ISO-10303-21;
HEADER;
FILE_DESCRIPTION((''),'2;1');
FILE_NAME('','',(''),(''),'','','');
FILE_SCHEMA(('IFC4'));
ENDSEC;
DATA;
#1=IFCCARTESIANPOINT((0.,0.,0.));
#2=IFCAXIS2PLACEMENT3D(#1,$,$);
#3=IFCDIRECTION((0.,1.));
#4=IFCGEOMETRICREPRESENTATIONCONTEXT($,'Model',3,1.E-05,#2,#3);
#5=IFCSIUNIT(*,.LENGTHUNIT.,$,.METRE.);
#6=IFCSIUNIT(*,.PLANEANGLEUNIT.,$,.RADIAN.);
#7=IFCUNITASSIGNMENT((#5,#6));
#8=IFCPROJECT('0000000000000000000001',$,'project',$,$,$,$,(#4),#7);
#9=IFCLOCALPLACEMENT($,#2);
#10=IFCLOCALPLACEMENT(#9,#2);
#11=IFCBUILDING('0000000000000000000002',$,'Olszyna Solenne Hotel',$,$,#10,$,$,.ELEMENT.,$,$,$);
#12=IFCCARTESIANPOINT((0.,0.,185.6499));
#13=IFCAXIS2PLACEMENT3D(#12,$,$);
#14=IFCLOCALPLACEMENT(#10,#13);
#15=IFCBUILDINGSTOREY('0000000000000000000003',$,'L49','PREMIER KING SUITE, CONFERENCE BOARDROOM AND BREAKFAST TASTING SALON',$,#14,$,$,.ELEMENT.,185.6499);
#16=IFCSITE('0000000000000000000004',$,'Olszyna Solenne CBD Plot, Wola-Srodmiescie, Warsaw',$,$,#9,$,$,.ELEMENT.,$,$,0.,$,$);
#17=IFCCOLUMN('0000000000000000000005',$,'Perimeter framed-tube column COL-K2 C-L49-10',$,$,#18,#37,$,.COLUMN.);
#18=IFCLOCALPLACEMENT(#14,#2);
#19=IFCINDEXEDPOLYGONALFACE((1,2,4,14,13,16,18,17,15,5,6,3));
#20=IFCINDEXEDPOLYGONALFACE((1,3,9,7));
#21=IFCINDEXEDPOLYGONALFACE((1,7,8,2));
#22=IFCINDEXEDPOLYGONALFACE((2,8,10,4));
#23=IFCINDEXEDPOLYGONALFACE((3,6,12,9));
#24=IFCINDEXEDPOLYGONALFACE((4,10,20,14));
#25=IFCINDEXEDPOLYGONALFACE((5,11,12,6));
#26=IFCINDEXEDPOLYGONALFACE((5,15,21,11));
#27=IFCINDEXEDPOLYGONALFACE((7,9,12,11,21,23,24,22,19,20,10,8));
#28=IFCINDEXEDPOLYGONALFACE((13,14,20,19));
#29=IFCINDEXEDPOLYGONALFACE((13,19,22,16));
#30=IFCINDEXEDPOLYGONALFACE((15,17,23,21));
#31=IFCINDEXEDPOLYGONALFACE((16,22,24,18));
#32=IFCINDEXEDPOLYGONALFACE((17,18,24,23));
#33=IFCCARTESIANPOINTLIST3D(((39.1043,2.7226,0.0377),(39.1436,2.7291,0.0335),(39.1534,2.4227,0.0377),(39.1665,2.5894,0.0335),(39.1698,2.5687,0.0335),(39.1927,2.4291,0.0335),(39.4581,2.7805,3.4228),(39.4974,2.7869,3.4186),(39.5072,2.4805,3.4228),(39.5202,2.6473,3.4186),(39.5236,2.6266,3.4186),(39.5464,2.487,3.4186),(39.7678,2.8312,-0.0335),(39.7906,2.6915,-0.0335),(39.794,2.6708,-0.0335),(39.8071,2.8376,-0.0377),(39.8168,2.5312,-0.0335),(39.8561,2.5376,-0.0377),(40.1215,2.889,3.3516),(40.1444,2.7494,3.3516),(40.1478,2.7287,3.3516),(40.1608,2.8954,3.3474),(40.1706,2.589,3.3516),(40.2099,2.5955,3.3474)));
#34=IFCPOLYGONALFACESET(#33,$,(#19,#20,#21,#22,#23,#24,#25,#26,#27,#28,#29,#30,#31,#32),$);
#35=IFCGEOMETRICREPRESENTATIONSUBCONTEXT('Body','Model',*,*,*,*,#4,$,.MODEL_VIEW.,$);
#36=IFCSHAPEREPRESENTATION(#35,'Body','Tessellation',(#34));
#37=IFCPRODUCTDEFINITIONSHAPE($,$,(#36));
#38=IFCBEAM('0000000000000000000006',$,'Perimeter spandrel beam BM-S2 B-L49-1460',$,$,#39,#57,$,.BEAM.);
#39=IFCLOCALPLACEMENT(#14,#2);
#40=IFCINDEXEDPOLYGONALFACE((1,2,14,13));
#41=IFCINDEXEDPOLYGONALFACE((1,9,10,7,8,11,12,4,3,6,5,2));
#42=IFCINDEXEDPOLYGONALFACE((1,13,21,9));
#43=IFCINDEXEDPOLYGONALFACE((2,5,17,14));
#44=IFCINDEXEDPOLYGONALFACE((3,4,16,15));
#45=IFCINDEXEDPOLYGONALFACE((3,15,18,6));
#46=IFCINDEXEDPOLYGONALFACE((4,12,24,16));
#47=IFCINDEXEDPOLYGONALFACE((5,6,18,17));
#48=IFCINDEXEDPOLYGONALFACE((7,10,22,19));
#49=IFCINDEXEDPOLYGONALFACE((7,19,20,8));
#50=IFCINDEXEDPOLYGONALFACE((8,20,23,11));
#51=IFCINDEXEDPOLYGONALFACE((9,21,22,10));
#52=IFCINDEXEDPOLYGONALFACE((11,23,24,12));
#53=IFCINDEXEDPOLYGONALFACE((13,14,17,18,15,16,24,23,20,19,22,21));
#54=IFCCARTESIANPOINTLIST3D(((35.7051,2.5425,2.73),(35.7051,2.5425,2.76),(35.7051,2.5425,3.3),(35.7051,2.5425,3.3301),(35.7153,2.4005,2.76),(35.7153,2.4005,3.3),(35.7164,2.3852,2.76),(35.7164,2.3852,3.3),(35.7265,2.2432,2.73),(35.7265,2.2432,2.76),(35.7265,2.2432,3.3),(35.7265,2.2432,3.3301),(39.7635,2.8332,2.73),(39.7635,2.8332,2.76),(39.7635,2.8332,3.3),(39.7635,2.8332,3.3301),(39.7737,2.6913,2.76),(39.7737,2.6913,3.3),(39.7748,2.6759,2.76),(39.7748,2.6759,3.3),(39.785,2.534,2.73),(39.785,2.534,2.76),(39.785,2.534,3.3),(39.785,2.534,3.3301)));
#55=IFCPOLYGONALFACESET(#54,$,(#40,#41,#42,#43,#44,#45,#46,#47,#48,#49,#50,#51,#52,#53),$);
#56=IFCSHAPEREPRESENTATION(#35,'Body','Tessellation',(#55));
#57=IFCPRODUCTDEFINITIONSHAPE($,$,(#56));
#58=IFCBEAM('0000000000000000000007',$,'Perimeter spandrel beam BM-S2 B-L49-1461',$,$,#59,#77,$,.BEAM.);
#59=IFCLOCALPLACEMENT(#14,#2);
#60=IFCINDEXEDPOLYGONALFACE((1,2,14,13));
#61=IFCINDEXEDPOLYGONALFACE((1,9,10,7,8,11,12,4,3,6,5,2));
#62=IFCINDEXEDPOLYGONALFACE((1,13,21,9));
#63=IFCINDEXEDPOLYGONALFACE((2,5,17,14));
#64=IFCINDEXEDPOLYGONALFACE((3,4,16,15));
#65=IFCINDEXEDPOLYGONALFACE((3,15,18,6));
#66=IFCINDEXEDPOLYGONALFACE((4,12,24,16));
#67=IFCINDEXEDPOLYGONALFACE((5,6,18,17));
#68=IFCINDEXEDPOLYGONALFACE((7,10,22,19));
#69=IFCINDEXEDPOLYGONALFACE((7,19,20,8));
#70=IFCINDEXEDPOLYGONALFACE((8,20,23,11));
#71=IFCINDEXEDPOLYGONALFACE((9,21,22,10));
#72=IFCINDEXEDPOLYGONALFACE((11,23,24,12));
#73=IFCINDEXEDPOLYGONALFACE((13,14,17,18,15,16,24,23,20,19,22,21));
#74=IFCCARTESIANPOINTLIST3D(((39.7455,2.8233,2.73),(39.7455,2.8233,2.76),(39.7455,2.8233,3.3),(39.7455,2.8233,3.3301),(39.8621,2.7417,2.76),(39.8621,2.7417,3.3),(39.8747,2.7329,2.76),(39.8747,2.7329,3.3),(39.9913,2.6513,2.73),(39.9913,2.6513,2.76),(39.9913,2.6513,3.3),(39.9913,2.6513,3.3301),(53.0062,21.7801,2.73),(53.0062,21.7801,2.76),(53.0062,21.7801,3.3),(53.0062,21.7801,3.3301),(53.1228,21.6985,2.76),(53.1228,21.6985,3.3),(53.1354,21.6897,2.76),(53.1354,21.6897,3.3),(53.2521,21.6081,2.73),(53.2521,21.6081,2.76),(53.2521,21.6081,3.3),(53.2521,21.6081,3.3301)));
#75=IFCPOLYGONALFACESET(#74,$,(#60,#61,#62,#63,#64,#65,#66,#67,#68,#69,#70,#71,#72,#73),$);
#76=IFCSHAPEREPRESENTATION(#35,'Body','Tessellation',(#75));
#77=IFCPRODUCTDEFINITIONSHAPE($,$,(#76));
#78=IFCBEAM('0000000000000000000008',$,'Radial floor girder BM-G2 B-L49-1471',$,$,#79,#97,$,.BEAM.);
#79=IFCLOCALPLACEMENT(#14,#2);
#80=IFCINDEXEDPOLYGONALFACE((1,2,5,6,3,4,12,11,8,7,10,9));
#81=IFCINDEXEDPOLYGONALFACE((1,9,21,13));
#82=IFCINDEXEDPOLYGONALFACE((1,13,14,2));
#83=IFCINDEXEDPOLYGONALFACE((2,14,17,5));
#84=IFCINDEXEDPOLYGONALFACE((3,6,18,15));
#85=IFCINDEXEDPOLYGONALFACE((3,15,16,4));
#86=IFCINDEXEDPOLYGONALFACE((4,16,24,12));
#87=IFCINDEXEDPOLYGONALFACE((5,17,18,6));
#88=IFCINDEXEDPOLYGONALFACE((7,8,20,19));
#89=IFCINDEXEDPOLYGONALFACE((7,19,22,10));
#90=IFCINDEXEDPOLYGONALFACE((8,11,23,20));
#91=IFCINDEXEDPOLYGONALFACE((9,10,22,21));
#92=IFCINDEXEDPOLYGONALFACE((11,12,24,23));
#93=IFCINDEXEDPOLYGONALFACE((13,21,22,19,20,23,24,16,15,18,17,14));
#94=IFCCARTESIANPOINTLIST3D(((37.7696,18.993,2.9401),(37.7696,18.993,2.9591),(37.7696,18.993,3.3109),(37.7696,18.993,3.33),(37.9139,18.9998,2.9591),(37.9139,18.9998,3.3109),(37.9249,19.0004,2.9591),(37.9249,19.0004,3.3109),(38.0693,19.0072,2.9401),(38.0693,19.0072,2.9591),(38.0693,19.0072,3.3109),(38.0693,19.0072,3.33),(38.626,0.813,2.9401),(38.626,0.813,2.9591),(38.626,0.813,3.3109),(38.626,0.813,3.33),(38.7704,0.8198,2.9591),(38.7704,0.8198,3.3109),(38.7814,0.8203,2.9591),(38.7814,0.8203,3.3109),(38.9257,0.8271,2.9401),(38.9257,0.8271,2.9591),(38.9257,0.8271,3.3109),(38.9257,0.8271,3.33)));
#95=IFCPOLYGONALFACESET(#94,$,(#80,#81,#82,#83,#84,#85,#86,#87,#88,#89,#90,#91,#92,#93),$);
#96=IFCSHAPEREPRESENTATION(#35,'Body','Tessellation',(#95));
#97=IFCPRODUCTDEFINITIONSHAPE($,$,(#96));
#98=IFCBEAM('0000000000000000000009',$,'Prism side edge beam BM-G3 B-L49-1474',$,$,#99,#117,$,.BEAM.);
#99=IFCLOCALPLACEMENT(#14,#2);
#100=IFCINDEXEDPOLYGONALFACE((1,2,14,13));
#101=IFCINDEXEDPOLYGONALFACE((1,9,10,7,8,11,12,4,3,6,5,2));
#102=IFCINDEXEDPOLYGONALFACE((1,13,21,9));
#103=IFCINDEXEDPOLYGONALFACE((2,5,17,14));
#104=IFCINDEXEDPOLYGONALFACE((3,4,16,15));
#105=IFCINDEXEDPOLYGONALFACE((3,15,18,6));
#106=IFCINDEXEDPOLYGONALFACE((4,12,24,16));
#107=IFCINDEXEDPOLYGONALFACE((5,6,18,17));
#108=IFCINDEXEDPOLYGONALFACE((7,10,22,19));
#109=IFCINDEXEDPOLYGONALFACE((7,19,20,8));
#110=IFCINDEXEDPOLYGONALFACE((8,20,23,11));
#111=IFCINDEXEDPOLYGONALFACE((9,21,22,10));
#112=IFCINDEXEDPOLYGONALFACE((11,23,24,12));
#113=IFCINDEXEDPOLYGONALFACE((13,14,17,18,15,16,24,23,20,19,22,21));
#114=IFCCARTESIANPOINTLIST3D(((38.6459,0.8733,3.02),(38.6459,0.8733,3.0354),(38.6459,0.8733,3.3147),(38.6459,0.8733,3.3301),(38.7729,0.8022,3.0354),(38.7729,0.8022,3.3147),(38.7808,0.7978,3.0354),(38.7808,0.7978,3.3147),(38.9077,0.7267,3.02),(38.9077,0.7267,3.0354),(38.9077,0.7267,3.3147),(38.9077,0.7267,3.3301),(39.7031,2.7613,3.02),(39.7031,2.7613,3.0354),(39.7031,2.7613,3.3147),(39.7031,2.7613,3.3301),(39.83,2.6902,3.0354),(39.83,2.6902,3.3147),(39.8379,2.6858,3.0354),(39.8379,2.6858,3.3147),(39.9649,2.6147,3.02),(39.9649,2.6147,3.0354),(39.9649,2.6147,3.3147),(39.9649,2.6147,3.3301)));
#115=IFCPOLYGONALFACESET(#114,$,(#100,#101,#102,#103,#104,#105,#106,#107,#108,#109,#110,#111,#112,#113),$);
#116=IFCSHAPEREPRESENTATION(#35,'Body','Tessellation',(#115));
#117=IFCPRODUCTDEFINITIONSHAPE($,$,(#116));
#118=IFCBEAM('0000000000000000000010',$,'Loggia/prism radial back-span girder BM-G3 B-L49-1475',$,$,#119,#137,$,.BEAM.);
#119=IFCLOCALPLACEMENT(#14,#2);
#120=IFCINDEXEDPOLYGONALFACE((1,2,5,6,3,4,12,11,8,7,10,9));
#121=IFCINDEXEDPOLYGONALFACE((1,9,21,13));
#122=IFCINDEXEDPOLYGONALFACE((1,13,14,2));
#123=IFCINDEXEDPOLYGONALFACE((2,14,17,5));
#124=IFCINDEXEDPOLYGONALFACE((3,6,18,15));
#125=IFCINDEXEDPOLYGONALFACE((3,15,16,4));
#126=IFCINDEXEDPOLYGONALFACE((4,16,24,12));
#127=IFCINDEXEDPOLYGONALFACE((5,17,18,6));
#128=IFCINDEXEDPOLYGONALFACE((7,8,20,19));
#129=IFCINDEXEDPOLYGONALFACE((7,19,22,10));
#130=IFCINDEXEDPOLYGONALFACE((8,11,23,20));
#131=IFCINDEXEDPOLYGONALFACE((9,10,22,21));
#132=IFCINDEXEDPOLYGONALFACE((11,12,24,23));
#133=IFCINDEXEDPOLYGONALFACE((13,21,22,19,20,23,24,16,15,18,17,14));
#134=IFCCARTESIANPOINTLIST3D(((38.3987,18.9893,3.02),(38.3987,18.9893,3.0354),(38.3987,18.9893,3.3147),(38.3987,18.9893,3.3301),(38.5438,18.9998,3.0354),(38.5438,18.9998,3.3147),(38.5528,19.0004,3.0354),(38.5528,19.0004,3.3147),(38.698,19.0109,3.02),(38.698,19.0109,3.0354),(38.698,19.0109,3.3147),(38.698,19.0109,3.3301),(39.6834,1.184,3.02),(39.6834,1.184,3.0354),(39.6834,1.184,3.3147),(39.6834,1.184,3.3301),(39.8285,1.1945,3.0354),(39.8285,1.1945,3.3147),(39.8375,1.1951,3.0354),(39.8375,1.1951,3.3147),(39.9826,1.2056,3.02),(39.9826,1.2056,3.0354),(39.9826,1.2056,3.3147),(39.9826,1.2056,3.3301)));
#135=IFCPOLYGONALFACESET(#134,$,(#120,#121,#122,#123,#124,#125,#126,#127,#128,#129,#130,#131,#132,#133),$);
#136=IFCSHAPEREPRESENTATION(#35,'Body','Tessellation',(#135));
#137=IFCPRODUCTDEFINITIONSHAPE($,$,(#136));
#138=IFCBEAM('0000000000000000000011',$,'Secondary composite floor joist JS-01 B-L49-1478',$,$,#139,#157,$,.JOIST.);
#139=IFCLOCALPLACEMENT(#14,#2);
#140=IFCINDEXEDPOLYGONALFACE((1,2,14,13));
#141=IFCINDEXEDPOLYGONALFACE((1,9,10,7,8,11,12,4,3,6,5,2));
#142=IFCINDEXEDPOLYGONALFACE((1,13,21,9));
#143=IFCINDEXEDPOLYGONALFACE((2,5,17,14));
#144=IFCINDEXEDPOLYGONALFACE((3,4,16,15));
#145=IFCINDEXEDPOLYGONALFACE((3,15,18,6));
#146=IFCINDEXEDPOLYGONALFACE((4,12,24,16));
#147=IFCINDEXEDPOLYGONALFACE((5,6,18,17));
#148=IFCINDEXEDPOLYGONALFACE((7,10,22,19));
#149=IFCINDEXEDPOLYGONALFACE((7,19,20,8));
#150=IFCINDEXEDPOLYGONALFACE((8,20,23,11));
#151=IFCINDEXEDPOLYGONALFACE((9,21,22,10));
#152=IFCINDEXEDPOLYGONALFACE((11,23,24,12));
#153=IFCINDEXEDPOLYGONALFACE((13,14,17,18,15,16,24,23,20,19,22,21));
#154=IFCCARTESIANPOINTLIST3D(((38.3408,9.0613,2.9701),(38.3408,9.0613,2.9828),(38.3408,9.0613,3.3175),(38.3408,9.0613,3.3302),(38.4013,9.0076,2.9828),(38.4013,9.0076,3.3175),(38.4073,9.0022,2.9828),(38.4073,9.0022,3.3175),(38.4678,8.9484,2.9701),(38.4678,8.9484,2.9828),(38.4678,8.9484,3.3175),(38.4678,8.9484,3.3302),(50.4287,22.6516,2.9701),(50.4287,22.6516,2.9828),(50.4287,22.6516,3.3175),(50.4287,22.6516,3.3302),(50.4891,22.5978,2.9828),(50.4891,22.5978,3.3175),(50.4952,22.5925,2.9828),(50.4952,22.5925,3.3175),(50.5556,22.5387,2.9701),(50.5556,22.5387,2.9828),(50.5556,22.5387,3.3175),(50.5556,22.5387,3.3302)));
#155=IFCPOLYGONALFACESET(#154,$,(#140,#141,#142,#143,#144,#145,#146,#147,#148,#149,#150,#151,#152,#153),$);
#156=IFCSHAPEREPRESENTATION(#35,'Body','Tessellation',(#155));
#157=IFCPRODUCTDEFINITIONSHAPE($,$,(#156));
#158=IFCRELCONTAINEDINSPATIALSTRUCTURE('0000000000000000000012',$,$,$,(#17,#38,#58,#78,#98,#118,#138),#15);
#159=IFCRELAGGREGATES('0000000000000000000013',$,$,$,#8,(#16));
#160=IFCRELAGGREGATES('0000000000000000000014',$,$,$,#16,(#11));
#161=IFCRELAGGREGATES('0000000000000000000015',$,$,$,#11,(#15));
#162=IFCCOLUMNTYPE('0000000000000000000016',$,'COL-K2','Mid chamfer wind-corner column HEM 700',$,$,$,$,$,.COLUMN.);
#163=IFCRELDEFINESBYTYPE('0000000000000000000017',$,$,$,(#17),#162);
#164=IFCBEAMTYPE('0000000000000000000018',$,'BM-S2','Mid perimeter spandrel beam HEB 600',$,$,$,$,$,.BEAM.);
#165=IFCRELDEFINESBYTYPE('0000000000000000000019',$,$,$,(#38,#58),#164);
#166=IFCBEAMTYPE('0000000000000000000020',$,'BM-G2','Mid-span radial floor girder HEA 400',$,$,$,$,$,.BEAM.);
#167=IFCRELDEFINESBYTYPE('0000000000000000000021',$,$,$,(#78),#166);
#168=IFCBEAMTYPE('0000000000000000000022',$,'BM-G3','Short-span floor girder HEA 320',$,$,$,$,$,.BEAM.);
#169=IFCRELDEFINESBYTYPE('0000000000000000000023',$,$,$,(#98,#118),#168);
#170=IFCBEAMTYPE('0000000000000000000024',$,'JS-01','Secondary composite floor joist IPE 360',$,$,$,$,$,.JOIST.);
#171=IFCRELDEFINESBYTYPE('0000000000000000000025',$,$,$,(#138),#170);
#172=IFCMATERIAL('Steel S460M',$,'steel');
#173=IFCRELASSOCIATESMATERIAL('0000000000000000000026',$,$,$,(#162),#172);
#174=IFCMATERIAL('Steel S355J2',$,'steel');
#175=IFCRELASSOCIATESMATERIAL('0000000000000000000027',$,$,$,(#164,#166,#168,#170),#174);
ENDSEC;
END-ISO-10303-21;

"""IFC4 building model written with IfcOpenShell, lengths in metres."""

from ifc_helpers import new_model, si_unit, direction, frame, origin, origin_2d, place, context, subcontext, project, spatial, i_section, extrude, source, transform, mapped, material, material_profile, profile_set, type_object, element, save


model = new_model("IFC4")

# Units and contexts
model_context = context("Model", 3, precision=1e-05, world=origin(), true_north=direction((0.0, 1.0)))
body_context = subcontext(model_context, "Body", "Model", "MODEL_VIEW")
ifc_project = project(units=[si_unit("LENGTHUNIT", "METRE"), si_unit("PLANEANGLEUNIT", "RADIAN")], contexts=[model_context])

# Site, building, storey
site_placement = place(None, origin())
site = spatial("IfcSite", under=ifc_project, at=site_placement, Name="Olszyna Solenne CBD Plot, Wola-Srodmiescie, Warsaw", CompositionType="ELEMENT", RefElevation=0.0)
building_placement = place(site_placement, origin())
building = spatial("IfcBuilding", under=site, at=building_placement, Name="Olszyna Solenne Hotel", CompositionType="ELEMENT")
storey_placement = place(building_placement, frame((0.0, 0.0, 185.6499)))
storey = spatial("IfcBuildingStorey", under=building, at=storey_placement, Name="L49", Description="PREMIER KING SUITE, CONFERENCE BOARDROOM AND BREAKFAST TASTING SALON", CompositionType="ELEMENT", Elevation=185.6499)

# Column
ifc_material_1 = material(Name="Steel S460M", Category="steel")
ifc_material_profile_1 = material_profile(ifc_material_1, i_section(OverallWidth=0.304, OverallDepth=0.7161, WebThickness=0.021, FlangeThickness=0.04, at=origin_2d()), Name="HEM 700", Category="load-bearing")
ifc_profile_set_1 = profile_set([ifc_material_profile_1], Name="Steel S460M")
column_type = type_object("IfcColumnType", Name="COL-K2", Description="Mid chamfer wind-corner column HEM 700", PredefinedType="COLUMN", material=ifc_profile_set_1)
shared_shape_1 = source(origin(), body_context, "Body", "SweptSolid", [
    extrude(i_section(OverallWidth=0.304, OverallDepth=0.7161, WebThickness=0.021, FlangeThickness=0.04, at=origin_2d()), origin(), (0.0, 0.0, 1.0), 3.4041),
])
column_placement = place(storey_placement, frame((39.4802, 2.6301, 0.0), z_axis=(0.103927, 0.016998, 0.99444), x_axis=(-0.161416, 0.986886, 0.0)))
element("IfcColumn", 1, at=column_placement, inside=storey, type_object=column_type, Name="Perimeter framed-tube column COL-K2 C-L49-10", PredefinedType="COLUMN", context=body_context, shape_type="MappedRepresentation", body=[
    mapped(shared_shape_1, transform((0.0, 0.0, 0.0), x_axis=(1.0, 0.0, 0.0), y_axis=(0.0, 1.0, 0.0), z_axis=(0.0, 0.0, 1.0), scale=1.0)),
])

# Beams
ifc_material_2 = material(Name="Steel S355J2", Category="steel")
ifc_material_profile_2 = material_profile(ifc_material_2, i_section(OverallWidth=0.3, OverallDepth=0.6001, WebThickness=0.0154, FlangeThickness=0.03, at=origin_2d()), Name="HEB 600", Category="load-bearing")
ifc_profile_set_2 = profile_set([ifc_material_profile_2], Name="Steel S355J2")
beam_type_1 = type_object("IfcBeamType", Name="BM-S2", Description="Mid perimeter spandrel beam HEB 600", PredefinedType="BEAM", material=ifc_profile_set_2)
shared_shape_2 = source(origin(), body_context, "Body", "SweptSolid", [
    extrude(i_section(OverallWidth=0.3, OverallDepth=0.6001, WebThickness=0.0154, FlangeThickness=0.03, at=origin_2d()), origin(), (0.0, 0.0, 1.0), 4.0688),
])
beam_1_placement = place(storey_placement, frame((35.7158, 2.3928, 3.03), z_axis=(0.997443, 0.071465, 0.0), x_axis=(-0.071465, 0.997443, 0.0)))
element("IfcBeam", 2, at=beam_1_placement, inside=storey, type_object=beam_type_1, Name="Perimeter spandrel beam BM-S2 B-L49-1460", PredefinedType="BEAM", context=body_context, shape_type="MappedRepresentation", body=[
    mapped(shared_shape_2, transform((0.0, 0.0, 0.0), x_axis=(1.0, 0.0, 0.0), y_axis=(0.0, 1.0, 0.0), z_axis=(0.0, 0.0, 1.0), scale=1.0)),
])
shared_shape_3 = source(origin(), body_context, "Body", "SweptSolid", [
    extrude(i_section(OverallWidth=0.3, OverallDepth=0.6001, WebThickness=0.0154, FlangeThickness=0.03, at=origin_2d()), origin(), (0.0, 0.0, 1.0), 23.1345),
])
beam_2_placement = place(storey_placement, frame((39.8684, 2.7373, 3.03), z_axis=(0.573201, 0.819415, 0.0), x_axis=(-0.819415, 0.573201, 0.0)))
element("IfcBeam", 3, at=beam_2_placement, inside=storey, type_object=beam_type_1, Name="Perimeter spandrel beam BM-S2 B-L49-1461", PredefinedType="BEAM", context=body_context, shape_type="MappedRepresentation", body=[
    mapped(shared_shape_3, transform((0.0, 0.0, 0.0), x_axis=(1.0, 0.0, 0.0), y_axis=(0.0, 1.0, 0.0), z_axis=(0.0, 0.0, 1.0), scale=1.0)),
])
ifc_material_profile_3 = material_profile(ifc_material_2, i_section(OverallWidth=0.3, OverallDepth=0.3899, WebThickness=0.011, FlangeThickness=0.019, at=origin_2d()), Name="HEA 400", Category="load-bearing")
ifc_profile_set_3 = profile_set([ifc_material_profile_3], Name="Steel S355J2")
beam_type_2 = type_object("IfcBeamType", Name="BM-G2", Description="Mid-span radial floor girder HEA 400", PredefinedType="BEAM", material=ifc_profile_set_3)
shared_shape_4 = source(origin(), body_context, "Body", "SweptSolid", [
    extrude(i_section(OverallWidth=0.3, OverallDepth=0.3899, WebThickness=0.011, FlangeThickness=0.019, at=origin_2d()), origin(), (0.0, 0.0, 1.0), 18.2002),
])
beam_3_placement = place(storey_placement, frame((38.7759, 0.8201, 3.135), z_axis=(-0.047057, 0.998892, 0.0), x_axis=(-0.998892, -0.047057, 0.0)))
element("IfcBeam", 4, at=beam_3_placement, inside=storey, type_object=beam_type_2, Name="Radial floor girder BM-G2 B-L49-1471", PredefinedType="BEAM", context=body_context, shape_type="MappedRepresentation", body=[
    mapped(shared_shape_4, transform((0.0, 0.0, 0.0), x_axis=(1.0, 0.0, 0.0), y_axis=(0.0, 1.0, 0.0), z_axis=(0.0, 0.0, 1.0), scale=1.0)),
])
ifc_material_profile_4 = material_profile(ifc_material_2, i_section(OverallWidth=0.3, OverallDepth=0.3101, WebThickness=0.009, FlangeThickness=0.0154, at=origin_2d()), Name="HEA 320", Category="load-bearing")
ifc_profile_set_4 = profile_set([ifc_material_profile_4], Name="Steel S355J2")
beam_type_3 = type_object("IfcBeamType", Name="BM-G3", Description="Short-span floor girder HEA 320", PredefinedType="BEAM", material=ifc_profile_set_4)
shared_shape_5 = source(origin(), body_context, "Body", "SweptSolid", [
    extrude(i_section(OverallWidth=0.3, OverallDepth=0.3101, WebThickness=0.009, FlangeThickness=0.0154, at=origin_2d()), origin(), (0.0, 0.0, 1.0), 2.1638),
])
beam_4_placement = place(storey_placement, frame((39.834, 2.688, 3.175), z_axis=(-0.488562, -0.872529, 0.0), x_axis=(0.872529, -0.488562, 0.0)))
element("IfcBeam", 5, at=beam_4_placement, inside=storey, type_object=beam_type_3, Name="Prism side edge beam BM-G3 B-L49-1474", PredefinedType="BEAM", context=body_context, shape_type="MappedRepresentation", body=[
    mapped(shared_shape_5, transform((0.0, 0.0, 0.0), x_axis=(1.0, 0.0, 0.0), y_axis=(0.0, 1.0, 0.0), z_axis=(0.0, 0.0, 1.0), scale=1.0)),
])
shared_shape_6 = source(origin(), body_context, "Body", "SweptSolid", [
    extrude(i_section(OverallWidth=0.3, OverallDepth=0.3101, WebThickness=0.009, FlangeThickness=0.0154, at=origin_2d()), origin(), (0.0, 0.0, 1.0), 17.8516),
])
beam_5_placement = place(storey_placement, frame((39.833, 1.1948, 3.175), z_axis=(-0.071964, 0.997407, 0.0), x_axis=(-0.997407, -0.071964, 0.0)))
element("IfcBeam", 6, at=beam_5_placement, inside=storey, type_object=beam_type_3, Name="Loggia/prism radial back-span girder BM-G3 B-L49-1475", PredefinedType="BEAM", context=body_context, shape_type="MappedRepresentation", body=[
    mapped(shared_shape_6, transform((0.0, 0.0, 0.0), x_axis=(1.0, 0.0, 0.0), y_axis=(0.0, 1.0, 0.0), z_axis=(0.0, 0.0, 1.0), scale=1.0)),
])
ifc_material_profile_5 = material_profile(ifc_material_2, i_section(OverallWidth=0.1699, OverallDepth=0.3601, WebThickness=0.0081, FlangeThickness=0.0127, at=origin_2d()), Name="IPE 360", Category="load-bearing")
ifc_profile_set_5 = profile_set([ifc_material_profile_5], Name="Steel S355J2")
beam_type_4 = type_object("IfcBeamType", Name="JS-01", Description="Secondary composite floor joist IPE 360", PredefinedType="JOIST", material=ifc_profile_set_5)
shared_shape_7 = source(origin(), body_context, "Body", "SweptSolid", [
    extrude(i_section(OverallWidth=0.1699, OverallDepth=0.3601, WebThickness=0.0081, FlangeThickness=0.0127, at=origin_2d()), origin(), (0.0, 0.0, 1.0), 18.1882),
])
beam_6_placement = place(storey_placement, frame((38.4043, 9.0049, 3.1501), z_axis=(0.664597, 0.747202, 0.0), x_axis=(-0.747202, 0.664597, 0.0)))
element("IfcBeam", 7, at=beam_6_placement, inside=storey, type_object=beam_type_4, Name="Secondary composite floor joist JS-01 B-L49-1478", PredefinedType="JOIST", context=body_context, shape_type="MappedRepresentation", body=[
    mapped(shared_shape_7, transform((0.0, 0.0, 0.0), x_axis=(1.0, 0.0, 0.0), y_axis=(0.0, 1.0, 0.0), z_axis=(0.0, 0.0, 1.0), scale=1.0)),
])

save(model, "model.ifc")
